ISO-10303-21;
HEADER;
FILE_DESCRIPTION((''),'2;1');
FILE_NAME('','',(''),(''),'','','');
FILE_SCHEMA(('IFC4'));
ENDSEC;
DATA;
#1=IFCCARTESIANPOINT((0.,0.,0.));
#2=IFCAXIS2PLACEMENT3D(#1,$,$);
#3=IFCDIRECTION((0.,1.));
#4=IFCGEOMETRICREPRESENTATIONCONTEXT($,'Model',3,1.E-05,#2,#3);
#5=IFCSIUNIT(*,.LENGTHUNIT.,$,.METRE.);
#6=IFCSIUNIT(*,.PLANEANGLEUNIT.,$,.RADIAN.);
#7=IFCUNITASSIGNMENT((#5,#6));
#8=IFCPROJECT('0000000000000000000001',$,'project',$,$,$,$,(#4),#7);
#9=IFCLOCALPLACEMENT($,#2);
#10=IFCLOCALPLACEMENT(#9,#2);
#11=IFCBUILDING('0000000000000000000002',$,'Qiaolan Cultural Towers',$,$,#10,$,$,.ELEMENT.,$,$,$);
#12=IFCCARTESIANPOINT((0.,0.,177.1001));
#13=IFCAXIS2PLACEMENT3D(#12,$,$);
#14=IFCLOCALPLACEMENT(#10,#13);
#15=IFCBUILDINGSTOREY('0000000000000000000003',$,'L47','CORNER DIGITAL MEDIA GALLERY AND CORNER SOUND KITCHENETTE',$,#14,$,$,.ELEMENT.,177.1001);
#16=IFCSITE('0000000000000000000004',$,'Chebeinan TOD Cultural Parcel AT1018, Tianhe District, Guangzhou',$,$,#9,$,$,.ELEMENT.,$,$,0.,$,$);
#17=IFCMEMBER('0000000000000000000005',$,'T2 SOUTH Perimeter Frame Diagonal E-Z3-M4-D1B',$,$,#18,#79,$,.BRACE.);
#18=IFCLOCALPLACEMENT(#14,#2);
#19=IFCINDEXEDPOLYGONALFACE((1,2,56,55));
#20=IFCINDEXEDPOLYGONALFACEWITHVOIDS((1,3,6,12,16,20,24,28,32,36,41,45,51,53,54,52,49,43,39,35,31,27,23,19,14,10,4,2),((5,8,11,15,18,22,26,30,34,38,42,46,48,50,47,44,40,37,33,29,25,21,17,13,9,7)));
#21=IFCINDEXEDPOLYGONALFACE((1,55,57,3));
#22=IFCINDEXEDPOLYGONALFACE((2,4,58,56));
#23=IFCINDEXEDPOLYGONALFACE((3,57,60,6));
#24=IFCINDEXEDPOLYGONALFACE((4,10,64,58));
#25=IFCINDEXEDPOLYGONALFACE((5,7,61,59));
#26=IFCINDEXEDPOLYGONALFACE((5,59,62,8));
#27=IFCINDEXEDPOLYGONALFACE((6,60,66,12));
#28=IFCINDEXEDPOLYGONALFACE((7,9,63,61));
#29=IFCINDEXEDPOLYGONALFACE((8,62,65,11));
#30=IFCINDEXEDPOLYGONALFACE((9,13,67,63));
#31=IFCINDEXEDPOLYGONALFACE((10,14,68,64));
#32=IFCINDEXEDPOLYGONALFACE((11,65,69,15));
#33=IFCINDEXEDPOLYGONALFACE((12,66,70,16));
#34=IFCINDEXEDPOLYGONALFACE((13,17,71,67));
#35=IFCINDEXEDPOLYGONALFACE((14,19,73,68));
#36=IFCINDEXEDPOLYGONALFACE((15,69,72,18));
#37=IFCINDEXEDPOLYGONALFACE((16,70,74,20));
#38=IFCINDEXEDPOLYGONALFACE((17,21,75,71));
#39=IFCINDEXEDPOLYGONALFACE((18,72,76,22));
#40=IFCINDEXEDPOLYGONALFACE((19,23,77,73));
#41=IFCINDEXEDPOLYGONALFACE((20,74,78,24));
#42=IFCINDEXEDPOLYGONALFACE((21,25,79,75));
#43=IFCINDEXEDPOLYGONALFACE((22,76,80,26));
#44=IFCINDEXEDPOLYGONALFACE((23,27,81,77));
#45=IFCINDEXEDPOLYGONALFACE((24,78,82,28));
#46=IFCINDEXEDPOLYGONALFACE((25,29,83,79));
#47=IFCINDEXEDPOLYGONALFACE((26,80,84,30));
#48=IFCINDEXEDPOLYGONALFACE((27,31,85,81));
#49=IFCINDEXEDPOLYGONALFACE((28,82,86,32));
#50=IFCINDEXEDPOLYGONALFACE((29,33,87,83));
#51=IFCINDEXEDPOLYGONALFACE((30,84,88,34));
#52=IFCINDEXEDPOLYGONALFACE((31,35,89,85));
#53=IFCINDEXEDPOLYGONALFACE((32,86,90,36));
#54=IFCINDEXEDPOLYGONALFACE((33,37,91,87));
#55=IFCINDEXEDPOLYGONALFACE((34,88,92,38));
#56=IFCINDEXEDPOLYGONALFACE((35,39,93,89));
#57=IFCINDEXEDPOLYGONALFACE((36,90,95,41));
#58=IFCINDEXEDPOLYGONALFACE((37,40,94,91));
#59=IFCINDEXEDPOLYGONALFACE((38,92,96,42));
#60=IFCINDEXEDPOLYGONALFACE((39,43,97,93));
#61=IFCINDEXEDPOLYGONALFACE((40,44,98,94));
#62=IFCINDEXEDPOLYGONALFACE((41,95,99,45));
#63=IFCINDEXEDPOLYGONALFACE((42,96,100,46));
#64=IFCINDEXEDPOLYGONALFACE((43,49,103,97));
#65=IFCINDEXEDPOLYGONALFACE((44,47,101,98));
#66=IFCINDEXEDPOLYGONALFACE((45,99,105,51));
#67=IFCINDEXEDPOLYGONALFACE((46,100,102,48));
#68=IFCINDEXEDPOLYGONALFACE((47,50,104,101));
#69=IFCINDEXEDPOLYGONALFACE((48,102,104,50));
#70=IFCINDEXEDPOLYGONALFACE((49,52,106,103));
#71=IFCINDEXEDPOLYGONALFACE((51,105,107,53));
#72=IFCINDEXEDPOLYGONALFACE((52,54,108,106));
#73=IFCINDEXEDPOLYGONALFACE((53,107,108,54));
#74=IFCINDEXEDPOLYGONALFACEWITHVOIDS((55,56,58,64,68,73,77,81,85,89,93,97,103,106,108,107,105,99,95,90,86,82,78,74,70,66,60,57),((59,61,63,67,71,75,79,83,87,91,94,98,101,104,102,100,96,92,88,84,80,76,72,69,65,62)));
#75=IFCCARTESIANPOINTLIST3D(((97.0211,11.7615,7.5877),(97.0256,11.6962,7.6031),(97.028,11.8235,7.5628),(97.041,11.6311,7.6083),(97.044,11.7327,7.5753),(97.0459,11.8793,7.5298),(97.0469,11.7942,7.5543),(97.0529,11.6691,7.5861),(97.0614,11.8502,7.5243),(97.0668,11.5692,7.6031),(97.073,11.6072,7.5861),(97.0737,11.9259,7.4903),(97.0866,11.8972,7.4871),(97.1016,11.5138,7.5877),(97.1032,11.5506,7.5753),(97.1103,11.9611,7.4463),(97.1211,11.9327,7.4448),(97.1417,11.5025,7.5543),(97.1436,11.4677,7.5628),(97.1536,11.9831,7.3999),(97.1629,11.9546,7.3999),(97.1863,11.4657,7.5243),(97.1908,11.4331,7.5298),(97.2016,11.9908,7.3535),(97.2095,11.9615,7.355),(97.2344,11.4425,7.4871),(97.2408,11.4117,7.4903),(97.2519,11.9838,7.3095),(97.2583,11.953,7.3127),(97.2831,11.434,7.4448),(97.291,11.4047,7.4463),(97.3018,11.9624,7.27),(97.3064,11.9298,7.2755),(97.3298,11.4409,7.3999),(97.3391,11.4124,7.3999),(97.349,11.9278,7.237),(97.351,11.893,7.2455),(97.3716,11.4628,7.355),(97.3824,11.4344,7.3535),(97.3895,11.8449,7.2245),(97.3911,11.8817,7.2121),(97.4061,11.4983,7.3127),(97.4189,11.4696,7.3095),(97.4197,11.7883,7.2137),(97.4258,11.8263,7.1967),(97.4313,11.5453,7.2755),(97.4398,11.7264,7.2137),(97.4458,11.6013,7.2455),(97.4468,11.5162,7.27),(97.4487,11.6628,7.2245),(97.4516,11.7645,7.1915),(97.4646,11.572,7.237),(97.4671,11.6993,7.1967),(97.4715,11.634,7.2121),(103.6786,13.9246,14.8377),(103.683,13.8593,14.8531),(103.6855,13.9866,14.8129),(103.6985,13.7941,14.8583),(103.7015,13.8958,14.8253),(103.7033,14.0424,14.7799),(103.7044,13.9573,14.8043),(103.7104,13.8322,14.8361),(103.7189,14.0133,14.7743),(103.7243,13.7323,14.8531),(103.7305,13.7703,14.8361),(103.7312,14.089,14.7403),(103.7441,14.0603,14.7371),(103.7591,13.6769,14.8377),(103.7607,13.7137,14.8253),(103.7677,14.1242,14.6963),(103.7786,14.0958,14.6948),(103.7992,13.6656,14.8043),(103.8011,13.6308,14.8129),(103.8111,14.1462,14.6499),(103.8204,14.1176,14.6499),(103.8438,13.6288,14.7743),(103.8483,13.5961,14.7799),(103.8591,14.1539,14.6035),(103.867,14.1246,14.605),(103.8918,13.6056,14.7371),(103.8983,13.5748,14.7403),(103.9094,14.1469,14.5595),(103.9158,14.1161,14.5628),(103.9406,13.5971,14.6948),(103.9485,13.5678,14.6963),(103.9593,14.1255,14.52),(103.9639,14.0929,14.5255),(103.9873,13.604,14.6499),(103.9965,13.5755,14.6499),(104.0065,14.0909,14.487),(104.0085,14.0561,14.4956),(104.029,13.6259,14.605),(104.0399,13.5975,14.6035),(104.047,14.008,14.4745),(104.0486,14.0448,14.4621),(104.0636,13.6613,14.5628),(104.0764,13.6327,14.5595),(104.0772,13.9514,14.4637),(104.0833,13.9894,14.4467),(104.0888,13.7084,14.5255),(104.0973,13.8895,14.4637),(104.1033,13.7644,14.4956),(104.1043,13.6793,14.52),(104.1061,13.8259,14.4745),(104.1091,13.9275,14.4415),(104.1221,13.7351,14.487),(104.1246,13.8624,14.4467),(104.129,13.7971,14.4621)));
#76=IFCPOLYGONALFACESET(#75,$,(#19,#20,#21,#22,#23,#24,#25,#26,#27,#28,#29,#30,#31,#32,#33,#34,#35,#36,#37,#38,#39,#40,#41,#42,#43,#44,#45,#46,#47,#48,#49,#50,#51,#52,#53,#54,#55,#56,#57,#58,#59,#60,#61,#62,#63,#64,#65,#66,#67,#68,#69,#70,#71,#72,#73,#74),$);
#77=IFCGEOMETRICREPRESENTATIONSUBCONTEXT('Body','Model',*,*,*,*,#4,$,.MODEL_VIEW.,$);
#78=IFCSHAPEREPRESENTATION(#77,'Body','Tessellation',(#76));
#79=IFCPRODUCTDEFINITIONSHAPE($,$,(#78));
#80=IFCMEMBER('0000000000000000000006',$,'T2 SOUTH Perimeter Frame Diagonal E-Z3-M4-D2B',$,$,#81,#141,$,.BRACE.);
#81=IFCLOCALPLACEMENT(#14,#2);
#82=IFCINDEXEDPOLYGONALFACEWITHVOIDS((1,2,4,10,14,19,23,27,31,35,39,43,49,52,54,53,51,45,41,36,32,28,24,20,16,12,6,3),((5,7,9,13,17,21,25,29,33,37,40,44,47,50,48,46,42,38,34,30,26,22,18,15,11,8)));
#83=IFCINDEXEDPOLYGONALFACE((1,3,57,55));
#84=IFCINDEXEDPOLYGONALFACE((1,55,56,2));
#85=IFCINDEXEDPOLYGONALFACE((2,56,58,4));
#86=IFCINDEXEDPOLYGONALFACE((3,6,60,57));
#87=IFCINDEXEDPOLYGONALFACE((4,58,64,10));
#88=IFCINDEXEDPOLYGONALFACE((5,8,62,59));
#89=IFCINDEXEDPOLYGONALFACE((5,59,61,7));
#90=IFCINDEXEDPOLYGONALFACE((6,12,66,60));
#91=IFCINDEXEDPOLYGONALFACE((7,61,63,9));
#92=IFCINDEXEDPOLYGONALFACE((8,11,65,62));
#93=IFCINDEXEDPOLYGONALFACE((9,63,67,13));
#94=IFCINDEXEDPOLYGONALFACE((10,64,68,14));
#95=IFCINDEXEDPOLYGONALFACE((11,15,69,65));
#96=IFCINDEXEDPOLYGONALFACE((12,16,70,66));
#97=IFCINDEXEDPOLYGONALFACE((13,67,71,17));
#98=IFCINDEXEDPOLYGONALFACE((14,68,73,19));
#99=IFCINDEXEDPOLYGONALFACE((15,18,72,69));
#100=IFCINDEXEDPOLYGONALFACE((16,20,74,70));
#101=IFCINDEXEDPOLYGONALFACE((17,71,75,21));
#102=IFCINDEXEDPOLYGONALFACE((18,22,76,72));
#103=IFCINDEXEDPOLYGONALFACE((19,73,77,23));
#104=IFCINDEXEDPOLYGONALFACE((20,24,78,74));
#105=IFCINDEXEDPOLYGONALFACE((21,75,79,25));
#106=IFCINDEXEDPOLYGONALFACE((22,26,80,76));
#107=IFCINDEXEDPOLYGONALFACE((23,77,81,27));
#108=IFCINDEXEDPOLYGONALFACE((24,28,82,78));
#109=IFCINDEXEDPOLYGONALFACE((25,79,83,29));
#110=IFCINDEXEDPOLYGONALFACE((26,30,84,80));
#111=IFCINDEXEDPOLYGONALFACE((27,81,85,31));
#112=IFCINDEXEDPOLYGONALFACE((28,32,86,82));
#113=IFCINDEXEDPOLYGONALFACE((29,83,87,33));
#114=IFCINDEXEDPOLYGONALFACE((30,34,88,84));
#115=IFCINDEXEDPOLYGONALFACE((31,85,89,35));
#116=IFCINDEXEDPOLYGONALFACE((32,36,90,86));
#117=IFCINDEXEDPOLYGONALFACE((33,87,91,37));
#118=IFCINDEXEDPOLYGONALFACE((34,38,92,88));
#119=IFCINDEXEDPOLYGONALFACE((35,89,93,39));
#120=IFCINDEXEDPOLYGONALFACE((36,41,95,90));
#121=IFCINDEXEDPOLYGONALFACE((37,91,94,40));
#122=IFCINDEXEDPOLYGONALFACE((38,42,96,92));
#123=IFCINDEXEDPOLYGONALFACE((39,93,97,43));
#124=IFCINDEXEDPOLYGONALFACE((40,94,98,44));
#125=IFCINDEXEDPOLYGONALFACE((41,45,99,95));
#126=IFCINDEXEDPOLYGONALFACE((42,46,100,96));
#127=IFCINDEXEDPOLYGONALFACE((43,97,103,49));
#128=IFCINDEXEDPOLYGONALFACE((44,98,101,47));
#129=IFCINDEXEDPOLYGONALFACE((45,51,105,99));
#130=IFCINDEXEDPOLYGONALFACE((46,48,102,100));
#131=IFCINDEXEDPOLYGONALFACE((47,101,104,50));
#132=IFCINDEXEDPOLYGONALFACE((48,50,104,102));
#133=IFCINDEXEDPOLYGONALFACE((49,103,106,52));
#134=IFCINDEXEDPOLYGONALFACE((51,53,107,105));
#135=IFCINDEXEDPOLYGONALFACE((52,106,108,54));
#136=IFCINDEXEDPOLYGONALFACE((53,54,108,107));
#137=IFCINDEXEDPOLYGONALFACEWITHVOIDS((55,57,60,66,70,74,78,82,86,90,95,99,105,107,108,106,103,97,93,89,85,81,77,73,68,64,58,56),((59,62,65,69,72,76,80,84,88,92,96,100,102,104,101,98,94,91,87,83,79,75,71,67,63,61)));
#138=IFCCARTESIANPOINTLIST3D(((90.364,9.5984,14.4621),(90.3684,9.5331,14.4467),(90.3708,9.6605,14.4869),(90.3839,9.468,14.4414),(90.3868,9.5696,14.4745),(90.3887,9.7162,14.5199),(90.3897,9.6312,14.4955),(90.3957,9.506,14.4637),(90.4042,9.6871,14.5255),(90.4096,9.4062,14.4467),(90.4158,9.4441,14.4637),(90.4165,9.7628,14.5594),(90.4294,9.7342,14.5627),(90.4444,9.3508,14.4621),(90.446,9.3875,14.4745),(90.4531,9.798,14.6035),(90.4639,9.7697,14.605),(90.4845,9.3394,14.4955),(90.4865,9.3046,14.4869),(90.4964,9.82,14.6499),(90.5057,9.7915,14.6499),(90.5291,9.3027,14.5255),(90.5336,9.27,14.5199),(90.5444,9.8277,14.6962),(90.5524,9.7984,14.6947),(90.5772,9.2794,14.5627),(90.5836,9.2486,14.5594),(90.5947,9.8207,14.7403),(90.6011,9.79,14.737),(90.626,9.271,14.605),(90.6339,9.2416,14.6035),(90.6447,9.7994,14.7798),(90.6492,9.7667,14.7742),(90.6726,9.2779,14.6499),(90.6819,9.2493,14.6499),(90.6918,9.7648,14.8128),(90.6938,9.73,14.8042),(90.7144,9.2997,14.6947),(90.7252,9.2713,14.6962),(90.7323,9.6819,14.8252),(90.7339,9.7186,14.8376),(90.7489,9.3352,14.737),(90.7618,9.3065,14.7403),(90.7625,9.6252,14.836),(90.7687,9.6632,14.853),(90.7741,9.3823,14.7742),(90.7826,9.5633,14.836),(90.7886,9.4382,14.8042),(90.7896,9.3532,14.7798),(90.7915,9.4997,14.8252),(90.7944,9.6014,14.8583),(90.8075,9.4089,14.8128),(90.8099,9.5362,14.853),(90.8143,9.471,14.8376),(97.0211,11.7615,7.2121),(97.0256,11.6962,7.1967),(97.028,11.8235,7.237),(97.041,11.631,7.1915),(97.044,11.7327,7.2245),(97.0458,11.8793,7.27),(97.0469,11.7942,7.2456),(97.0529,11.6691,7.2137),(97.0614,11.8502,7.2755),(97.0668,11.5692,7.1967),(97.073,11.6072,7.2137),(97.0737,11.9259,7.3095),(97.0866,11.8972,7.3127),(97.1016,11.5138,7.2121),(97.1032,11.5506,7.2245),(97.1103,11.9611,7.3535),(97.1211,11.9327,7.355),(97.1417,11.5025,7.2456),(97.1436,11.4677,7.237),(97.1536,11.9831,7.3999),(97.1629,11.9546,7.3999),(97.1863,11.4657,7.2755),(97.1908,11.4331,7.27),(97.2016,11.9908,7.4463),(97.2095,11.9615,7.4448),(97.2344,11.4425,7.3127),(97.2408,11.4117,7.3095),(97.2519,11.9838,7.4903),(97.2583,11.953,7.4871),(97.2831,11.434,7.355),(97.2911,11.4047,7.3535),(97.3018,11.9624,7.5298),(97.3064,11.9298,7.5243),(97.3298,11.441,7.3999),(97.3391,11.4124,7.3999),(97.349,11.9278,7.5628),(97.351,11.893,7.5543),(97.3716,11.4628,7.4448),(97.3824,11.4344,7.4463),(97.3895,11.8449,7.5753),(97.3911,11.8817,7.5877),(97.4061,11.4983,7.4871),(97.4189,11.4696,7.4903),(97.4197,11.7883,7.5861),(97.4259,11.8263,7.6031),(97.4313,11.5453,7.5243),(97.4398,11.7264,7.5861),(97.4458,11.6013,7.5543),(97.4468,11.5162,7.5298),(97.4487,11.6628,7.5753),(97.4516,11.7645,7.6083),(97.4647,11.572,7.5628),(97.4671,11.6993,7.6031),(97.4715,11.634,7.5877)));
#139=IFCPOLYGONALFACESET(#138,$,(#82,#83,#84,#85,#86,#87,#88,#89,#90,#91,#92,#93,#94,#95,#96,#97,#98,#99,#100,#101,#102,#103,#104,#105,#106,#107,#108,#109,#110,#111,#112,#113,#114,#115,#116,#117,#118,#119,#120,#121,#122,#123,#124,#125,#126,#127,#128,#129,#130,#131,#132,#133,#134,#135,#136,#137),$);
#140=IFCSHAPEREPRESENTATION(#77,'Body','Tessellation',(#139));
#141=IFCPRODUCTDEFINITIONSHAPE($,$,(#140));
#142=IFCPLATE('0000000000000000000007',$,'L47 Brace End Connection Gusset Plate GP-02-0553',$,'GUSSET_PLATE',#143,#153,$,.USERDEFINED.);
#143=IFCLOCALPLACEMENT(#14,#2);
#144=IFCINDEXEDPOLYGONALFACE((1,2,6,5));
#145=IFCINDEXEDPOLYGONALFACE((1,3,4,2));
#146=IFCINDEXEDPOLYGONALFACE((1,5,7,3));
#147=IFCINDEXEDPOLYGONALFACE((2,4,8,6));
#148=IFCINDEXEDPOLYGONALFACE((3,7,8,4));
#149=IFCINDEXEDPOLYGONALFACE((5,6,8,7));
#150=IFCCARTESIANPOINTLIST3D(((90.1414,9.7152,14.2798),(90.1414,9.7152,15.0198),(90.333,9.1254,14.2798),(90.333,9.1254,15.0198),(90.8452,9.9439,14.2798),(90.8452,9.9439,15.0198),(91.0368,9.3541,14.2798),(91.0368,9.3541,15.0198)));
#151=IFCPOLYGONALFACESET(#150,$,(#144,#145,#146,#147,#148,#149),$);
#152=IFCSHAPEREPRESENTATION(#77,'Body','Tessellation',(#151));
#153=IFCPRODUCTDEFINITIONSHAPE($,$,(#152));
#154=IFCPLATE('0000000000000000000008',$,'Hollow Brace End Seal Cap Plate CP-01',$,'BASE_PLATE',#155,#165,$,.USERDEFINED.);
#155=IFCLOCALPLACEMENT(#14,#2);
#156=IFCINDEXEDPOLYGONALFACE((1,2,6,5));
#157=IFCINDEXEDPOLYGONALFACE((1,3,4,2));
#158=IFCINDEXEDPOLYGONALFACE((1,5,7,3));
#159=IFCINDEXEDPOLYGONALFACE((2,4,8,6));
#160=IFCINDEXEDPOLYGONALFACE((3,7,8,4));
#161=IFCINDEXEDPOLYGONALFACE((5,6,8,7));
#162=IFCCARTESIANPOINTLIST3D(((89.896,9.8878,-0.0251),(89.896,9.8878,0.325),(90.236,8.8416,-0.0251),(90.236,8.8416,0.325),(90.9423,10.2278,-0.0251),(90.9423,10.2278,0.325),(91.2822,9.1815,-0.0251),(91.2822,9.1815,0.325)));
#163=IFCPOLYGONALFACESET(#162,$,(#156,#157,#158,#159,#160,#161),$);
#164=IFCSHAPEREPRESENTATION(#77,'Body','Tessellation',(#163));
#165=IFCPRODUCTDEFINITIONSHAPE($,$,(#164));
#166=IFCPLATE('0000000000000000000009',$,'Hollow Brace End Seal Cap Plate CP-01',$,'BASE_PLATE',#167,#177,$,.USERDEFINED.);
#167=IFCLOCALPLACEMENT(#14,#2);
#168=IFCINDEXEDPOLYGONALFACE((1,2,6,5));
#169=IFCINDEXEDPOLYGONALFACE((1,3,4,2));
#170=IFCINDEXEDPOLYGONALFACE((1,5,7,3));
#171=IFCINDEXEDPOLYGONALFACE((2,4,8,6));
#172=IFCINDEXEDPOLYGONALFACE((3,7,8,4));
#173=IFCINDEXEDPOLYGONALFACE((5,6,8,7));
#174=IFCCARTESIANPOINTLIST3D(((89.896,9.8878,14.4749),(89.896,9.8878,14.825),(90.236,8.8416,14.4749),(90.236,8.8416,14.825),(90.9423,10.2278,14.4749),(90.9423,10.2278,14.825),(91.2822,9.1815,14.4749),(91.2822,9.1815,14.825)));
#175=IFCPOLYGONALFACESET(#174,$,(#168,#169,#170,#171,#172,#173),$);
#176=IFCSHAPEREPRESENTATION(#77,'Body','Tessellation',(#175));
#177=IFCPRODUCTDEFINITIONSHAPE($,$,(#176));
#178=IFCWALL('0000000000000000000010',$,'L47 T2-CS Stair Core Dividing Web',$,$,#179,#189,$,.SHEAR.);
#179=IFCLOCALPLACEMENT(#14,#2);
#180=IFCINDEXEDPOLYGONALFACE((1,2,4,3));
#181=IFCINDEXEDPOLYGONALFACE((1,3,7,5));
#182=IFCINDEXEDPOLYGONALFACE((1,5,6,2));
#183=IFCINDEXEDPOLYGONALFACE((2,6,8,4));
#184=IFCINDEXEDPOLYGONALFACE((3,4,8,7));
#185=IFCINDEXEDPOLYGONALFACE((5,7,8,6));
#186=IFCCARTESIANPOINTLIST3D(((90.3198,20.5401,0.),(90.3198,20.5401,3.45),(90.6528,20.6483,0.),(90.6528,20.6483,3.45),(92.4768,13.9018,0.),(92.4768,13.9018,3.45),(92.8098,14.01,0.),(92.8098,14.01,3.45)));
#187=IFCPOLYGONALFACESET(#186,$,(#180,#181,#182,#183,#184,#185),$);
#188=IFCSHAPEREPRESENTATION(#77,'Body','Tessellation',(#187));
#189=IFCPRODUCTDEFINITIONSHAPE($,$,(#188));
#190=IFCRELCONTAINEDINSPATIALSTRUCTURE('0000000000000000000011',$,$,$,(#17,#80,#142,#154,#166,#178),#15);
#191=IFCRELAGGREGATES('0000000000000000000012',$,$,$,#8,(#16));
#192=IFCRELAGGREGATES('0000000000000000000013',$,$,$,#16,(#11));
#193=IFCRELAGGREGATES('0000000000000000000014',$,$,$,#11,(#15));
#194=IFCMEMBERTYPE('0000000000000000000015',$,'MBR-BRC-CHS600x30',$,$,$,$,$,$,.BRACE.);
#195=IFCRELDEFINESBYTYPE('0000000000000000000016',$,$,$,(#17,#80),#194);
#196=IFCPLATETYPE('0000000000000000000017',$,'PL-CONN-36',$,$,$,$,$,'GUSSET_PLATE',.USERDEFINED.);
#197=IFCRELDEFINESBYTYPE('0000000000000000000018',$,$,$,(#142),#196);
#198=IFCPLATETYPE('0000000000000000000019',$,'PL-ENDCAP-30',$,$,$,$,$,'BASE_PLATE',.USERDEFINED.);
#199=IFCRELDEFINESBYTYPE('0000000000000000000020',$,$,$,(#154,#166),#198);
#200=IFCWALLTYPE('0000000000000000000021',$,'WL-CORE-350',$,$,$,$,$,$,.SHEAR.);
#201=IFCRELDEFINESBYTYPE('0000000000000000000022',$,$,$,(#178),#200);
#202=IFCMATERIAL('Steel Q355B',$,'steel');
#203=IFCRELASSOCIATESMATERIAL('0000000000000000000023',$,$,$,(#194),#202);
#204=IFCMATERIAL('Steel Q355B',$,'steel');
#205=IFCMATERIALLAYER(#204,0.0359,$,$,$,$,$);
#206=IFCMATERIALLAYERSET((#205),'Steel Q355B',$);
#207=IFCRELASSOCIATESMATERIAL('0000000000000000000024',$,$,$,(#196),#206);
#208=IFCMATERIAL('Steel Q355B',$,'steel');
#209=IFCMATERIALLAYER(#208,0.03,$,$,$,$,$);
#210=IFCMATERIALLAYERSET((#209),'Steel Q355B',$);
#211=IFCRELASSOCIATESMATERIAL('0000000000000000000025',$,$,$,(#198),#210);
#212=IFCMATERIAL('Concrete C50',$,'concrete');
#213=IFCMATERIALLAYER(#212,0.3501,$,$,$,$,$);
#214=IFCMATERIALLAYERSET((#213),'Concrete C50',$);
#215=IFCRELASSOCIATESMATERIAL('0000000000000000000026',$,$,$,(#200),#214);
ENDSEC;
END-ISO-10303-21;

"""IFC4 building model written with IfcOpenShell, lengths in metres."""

from ifc_helpers import new_model, si_unit, direction, frame, frame_2d, origin, origin_2d, place, context, subcontext, project, spatial, rectangle, hollow_circle, extrude, material, layer, layer_set, material_profile, profile_set, type_object, element, save


model = new_model("IFC4")

# Units and contexts
model_context = context("Model", 3, precision=1e-05, world=origin(), true_north=direction((0.0, 1.0)))
body_context = subcontext(model_context, "Body", "Model", "MODEL_VIEW")
ifc_project = project(units=[si_unit("LENGTHUNIT", "METRE"), si_unit("PLANEANGLEUNIT", "RADIAN")], contexts=[model_context])

# Site, building, storey
site_placement = place(None, origin())
site = spatial("IfcSite", under=ifc_project, at=site_placement, Name="Chebeinan TOD Cultural Parcel AT1018, Tianhe District, Guangzhou", CompositionType="ELEMENT", RefElevation=0.0)
building_placement = place(site_placement, origin())
building = spatial("IfcBuilding", under=site, at=building_placement, Name="Qiaolan Cultural Towers", CompositionType="ELEMENT")
storey_placement = place(building_placement, frame((0.0, 0.0, 177.1001)))
storey = spatial("IfcBuildingStorey", under=building, at=storey_placement, Name="L47", Description="CORNER DIGITAL MEDIA GALLERY AND CORNER SOUND KITCHENETTE", CompositionType="ELEMENT", Elevation=177.1001)

# Members
ifc_material_1 = material(Name="Steel Q355B", Category="steel")
ifc_material_profile_1 = material_profile(ifc_material_1, hollow_circle(Radius=0.3, WallThickness=0.03, at=origin_2d()), Name="CHS600x30")
ifc_profile_set_1 = profile_set([ifc_material_profile_1], Name="Steel Q355B")
member_type = type_object("IfcMemberType", Name="MBR-BRC-CHS600x30", PredefinedType="BRACE", material=ifc_profile_set_1)
member_1_placement = place(storey_placement, frame((97.2463, 11.6978, 7.3999), z_axis=(0.660603, 0.214637, 0.719398), x_axis=(-0.30901, 0.951059, 0.0)))
element("IfcMember", 1, at=member_1_placement, inside=storey, type_object=member_type, Name="T2 SOUTH Perimeter Frame Diagonal E-Z3-M4-D1B", PredefinedType="BRACE", context=body_context, shape_type="SweptSolid", body=[
    extrude(hollow_circle(Radius=0.3, WallThickness=0.03, at=origin_2d()), origin(), (0.0, 0.0, 1.0), 10.0779),
])
member_2_placement = place(storey_placement, frame((97.2463, 11.6978, 7.3999), z_axis=(-0.66059, -0.214641, 0.71941), x_axis=(0.30902, -0.951056, 0.0)))
element("IfcMember", 2, at=member_2_placement, inside=storey, type_object=member_type, Name="T2 SOUTH Perimeter Frame Diagonal E-Z3-M4-D2B", PredefinedType="BRACE", context=body_context, shape_type="SweptSolid", body=[
    extrude(hollow_circle(Radius=0.3, WallThickness=0.03, at=origin_2d()), origin(), (0.0, 0.0, 1.0), 10.0776),
])

# Plates
ifc_material_2 = material(Name="Steel Q355B", Category="steel")
ifc_layer_1 = layer(ifc_material_2, 0.0359)
ifc_layer_set_1 = layer_set([ifc_layer_1], Name="Steel Q355B")
plate_type_1 = type_object("IfcPlateType", Name="PL-CONN-36", ElementType="GUSSET_PLATE", PredefinedType="USERDEFINED", material=ifc_layer_set_1)
plate_placement = place(storey_placement, frame((90.5891, 9.5347, 14.2798), z_axis=(0.0, 0.0, 1.0), x_axis=(0.951057, 0.309017, 0.0)))
element("IfcPlate", 3, at=plate_placement, inside=storey, type_object=plate_type_1, Name="L47 Brace End Connection Gusset Plate GP-02-0553", ObjectType="GUSSET_PLATE", PredefinedType="USERDEFINED", context=body_context, shape_type="SweptSolid", body=[
    extrude(rectangle(XDim=0.74, YDim=0.6201, at=origin_2d()), origin(), (0.0, 0.0, 1.0), 0.74),
])
ifc_material_3 = material(Name="Steel Q355B", Category="steel")
ifc_layer_2 = layer(ifc_material_3, 0.03)
ifc_layer_set_2 = layer_set([ifc_layer_2], Name="Steel Q355B")
plate_type_2 = type_object("IfcPlateType", Name="PL-ENDCAP-30", ElementType="BASE_PLATE", PredefinedType="USERDEFINED", material=ifc_layer_set_2)
for number, where, z_axis, x_axis, name in (
    (4, (90.5891, 9.5347, -0.0251), (0.0, 0.0, 1.0), (0.951057, 0.309017, 0.0), "Hollow Brace End Seal Cap Plate CP-01"),
    (5, (90.5891, 9.5347, 14.4749), (0.0, 0.0, 1.0), (0.951057, 0.309017, 0.0), "Hollow Brace End Seal Cap Plate CP-01"),
):
    element("IfcPlate", number, at=place(storey_placement, frame(where, z_axis=z_axis, x_axis=x_axis)), inside=storey, type_object=plate_type_2, Name=name, ObjectType="BASE_PLATE", PredefinedType="USERDEFINED", context=body_context, shape_type="SweptSolid", body=[
        extrude(rectangle(XDim=1.1001, YDim=1.1001, at=origin_2d()), origin(), (0.0, 0.0, 1.0), 0.3501),
    ])

# Wall
ifc_material_4 = material(Name="Concrete C50", Category="concrete")
ifc_layer_3 = layer(ifc_material_4, 0.3501)
ifc_layer_set_3 = layer_set([ifc_layer_3], Name="Concrete C50")
wall_type_1 = type_object("IfcWallType", Name="WL-CORE-350", PredefinedType="SHEAR", material=ifc_layer_set_3)
wall_1_placement = place(storey_placement, frame((90.4863, 20.5942, 0.0), z_axis=(0.0, 0.0, 1.0), x_axis=(0.30902, -0.951055, 0.0)))
element("IfcWall", 6, at=wall_1_placement, inside=storey, type_object=wall_type_1, Name="L47 T2-CS Stair Core Dividing Web", PredefinedType="SHEAR", context=body_context, shape_type="SweptSolid", body=[
    extrude(rectangle(XDim=6.98, YDim=0.3501, at=frame_2d((3.49, 0.0))), origin(), (0.0, 0.0, 1.0), 3.45),
])

save(model, "model.ifc")
